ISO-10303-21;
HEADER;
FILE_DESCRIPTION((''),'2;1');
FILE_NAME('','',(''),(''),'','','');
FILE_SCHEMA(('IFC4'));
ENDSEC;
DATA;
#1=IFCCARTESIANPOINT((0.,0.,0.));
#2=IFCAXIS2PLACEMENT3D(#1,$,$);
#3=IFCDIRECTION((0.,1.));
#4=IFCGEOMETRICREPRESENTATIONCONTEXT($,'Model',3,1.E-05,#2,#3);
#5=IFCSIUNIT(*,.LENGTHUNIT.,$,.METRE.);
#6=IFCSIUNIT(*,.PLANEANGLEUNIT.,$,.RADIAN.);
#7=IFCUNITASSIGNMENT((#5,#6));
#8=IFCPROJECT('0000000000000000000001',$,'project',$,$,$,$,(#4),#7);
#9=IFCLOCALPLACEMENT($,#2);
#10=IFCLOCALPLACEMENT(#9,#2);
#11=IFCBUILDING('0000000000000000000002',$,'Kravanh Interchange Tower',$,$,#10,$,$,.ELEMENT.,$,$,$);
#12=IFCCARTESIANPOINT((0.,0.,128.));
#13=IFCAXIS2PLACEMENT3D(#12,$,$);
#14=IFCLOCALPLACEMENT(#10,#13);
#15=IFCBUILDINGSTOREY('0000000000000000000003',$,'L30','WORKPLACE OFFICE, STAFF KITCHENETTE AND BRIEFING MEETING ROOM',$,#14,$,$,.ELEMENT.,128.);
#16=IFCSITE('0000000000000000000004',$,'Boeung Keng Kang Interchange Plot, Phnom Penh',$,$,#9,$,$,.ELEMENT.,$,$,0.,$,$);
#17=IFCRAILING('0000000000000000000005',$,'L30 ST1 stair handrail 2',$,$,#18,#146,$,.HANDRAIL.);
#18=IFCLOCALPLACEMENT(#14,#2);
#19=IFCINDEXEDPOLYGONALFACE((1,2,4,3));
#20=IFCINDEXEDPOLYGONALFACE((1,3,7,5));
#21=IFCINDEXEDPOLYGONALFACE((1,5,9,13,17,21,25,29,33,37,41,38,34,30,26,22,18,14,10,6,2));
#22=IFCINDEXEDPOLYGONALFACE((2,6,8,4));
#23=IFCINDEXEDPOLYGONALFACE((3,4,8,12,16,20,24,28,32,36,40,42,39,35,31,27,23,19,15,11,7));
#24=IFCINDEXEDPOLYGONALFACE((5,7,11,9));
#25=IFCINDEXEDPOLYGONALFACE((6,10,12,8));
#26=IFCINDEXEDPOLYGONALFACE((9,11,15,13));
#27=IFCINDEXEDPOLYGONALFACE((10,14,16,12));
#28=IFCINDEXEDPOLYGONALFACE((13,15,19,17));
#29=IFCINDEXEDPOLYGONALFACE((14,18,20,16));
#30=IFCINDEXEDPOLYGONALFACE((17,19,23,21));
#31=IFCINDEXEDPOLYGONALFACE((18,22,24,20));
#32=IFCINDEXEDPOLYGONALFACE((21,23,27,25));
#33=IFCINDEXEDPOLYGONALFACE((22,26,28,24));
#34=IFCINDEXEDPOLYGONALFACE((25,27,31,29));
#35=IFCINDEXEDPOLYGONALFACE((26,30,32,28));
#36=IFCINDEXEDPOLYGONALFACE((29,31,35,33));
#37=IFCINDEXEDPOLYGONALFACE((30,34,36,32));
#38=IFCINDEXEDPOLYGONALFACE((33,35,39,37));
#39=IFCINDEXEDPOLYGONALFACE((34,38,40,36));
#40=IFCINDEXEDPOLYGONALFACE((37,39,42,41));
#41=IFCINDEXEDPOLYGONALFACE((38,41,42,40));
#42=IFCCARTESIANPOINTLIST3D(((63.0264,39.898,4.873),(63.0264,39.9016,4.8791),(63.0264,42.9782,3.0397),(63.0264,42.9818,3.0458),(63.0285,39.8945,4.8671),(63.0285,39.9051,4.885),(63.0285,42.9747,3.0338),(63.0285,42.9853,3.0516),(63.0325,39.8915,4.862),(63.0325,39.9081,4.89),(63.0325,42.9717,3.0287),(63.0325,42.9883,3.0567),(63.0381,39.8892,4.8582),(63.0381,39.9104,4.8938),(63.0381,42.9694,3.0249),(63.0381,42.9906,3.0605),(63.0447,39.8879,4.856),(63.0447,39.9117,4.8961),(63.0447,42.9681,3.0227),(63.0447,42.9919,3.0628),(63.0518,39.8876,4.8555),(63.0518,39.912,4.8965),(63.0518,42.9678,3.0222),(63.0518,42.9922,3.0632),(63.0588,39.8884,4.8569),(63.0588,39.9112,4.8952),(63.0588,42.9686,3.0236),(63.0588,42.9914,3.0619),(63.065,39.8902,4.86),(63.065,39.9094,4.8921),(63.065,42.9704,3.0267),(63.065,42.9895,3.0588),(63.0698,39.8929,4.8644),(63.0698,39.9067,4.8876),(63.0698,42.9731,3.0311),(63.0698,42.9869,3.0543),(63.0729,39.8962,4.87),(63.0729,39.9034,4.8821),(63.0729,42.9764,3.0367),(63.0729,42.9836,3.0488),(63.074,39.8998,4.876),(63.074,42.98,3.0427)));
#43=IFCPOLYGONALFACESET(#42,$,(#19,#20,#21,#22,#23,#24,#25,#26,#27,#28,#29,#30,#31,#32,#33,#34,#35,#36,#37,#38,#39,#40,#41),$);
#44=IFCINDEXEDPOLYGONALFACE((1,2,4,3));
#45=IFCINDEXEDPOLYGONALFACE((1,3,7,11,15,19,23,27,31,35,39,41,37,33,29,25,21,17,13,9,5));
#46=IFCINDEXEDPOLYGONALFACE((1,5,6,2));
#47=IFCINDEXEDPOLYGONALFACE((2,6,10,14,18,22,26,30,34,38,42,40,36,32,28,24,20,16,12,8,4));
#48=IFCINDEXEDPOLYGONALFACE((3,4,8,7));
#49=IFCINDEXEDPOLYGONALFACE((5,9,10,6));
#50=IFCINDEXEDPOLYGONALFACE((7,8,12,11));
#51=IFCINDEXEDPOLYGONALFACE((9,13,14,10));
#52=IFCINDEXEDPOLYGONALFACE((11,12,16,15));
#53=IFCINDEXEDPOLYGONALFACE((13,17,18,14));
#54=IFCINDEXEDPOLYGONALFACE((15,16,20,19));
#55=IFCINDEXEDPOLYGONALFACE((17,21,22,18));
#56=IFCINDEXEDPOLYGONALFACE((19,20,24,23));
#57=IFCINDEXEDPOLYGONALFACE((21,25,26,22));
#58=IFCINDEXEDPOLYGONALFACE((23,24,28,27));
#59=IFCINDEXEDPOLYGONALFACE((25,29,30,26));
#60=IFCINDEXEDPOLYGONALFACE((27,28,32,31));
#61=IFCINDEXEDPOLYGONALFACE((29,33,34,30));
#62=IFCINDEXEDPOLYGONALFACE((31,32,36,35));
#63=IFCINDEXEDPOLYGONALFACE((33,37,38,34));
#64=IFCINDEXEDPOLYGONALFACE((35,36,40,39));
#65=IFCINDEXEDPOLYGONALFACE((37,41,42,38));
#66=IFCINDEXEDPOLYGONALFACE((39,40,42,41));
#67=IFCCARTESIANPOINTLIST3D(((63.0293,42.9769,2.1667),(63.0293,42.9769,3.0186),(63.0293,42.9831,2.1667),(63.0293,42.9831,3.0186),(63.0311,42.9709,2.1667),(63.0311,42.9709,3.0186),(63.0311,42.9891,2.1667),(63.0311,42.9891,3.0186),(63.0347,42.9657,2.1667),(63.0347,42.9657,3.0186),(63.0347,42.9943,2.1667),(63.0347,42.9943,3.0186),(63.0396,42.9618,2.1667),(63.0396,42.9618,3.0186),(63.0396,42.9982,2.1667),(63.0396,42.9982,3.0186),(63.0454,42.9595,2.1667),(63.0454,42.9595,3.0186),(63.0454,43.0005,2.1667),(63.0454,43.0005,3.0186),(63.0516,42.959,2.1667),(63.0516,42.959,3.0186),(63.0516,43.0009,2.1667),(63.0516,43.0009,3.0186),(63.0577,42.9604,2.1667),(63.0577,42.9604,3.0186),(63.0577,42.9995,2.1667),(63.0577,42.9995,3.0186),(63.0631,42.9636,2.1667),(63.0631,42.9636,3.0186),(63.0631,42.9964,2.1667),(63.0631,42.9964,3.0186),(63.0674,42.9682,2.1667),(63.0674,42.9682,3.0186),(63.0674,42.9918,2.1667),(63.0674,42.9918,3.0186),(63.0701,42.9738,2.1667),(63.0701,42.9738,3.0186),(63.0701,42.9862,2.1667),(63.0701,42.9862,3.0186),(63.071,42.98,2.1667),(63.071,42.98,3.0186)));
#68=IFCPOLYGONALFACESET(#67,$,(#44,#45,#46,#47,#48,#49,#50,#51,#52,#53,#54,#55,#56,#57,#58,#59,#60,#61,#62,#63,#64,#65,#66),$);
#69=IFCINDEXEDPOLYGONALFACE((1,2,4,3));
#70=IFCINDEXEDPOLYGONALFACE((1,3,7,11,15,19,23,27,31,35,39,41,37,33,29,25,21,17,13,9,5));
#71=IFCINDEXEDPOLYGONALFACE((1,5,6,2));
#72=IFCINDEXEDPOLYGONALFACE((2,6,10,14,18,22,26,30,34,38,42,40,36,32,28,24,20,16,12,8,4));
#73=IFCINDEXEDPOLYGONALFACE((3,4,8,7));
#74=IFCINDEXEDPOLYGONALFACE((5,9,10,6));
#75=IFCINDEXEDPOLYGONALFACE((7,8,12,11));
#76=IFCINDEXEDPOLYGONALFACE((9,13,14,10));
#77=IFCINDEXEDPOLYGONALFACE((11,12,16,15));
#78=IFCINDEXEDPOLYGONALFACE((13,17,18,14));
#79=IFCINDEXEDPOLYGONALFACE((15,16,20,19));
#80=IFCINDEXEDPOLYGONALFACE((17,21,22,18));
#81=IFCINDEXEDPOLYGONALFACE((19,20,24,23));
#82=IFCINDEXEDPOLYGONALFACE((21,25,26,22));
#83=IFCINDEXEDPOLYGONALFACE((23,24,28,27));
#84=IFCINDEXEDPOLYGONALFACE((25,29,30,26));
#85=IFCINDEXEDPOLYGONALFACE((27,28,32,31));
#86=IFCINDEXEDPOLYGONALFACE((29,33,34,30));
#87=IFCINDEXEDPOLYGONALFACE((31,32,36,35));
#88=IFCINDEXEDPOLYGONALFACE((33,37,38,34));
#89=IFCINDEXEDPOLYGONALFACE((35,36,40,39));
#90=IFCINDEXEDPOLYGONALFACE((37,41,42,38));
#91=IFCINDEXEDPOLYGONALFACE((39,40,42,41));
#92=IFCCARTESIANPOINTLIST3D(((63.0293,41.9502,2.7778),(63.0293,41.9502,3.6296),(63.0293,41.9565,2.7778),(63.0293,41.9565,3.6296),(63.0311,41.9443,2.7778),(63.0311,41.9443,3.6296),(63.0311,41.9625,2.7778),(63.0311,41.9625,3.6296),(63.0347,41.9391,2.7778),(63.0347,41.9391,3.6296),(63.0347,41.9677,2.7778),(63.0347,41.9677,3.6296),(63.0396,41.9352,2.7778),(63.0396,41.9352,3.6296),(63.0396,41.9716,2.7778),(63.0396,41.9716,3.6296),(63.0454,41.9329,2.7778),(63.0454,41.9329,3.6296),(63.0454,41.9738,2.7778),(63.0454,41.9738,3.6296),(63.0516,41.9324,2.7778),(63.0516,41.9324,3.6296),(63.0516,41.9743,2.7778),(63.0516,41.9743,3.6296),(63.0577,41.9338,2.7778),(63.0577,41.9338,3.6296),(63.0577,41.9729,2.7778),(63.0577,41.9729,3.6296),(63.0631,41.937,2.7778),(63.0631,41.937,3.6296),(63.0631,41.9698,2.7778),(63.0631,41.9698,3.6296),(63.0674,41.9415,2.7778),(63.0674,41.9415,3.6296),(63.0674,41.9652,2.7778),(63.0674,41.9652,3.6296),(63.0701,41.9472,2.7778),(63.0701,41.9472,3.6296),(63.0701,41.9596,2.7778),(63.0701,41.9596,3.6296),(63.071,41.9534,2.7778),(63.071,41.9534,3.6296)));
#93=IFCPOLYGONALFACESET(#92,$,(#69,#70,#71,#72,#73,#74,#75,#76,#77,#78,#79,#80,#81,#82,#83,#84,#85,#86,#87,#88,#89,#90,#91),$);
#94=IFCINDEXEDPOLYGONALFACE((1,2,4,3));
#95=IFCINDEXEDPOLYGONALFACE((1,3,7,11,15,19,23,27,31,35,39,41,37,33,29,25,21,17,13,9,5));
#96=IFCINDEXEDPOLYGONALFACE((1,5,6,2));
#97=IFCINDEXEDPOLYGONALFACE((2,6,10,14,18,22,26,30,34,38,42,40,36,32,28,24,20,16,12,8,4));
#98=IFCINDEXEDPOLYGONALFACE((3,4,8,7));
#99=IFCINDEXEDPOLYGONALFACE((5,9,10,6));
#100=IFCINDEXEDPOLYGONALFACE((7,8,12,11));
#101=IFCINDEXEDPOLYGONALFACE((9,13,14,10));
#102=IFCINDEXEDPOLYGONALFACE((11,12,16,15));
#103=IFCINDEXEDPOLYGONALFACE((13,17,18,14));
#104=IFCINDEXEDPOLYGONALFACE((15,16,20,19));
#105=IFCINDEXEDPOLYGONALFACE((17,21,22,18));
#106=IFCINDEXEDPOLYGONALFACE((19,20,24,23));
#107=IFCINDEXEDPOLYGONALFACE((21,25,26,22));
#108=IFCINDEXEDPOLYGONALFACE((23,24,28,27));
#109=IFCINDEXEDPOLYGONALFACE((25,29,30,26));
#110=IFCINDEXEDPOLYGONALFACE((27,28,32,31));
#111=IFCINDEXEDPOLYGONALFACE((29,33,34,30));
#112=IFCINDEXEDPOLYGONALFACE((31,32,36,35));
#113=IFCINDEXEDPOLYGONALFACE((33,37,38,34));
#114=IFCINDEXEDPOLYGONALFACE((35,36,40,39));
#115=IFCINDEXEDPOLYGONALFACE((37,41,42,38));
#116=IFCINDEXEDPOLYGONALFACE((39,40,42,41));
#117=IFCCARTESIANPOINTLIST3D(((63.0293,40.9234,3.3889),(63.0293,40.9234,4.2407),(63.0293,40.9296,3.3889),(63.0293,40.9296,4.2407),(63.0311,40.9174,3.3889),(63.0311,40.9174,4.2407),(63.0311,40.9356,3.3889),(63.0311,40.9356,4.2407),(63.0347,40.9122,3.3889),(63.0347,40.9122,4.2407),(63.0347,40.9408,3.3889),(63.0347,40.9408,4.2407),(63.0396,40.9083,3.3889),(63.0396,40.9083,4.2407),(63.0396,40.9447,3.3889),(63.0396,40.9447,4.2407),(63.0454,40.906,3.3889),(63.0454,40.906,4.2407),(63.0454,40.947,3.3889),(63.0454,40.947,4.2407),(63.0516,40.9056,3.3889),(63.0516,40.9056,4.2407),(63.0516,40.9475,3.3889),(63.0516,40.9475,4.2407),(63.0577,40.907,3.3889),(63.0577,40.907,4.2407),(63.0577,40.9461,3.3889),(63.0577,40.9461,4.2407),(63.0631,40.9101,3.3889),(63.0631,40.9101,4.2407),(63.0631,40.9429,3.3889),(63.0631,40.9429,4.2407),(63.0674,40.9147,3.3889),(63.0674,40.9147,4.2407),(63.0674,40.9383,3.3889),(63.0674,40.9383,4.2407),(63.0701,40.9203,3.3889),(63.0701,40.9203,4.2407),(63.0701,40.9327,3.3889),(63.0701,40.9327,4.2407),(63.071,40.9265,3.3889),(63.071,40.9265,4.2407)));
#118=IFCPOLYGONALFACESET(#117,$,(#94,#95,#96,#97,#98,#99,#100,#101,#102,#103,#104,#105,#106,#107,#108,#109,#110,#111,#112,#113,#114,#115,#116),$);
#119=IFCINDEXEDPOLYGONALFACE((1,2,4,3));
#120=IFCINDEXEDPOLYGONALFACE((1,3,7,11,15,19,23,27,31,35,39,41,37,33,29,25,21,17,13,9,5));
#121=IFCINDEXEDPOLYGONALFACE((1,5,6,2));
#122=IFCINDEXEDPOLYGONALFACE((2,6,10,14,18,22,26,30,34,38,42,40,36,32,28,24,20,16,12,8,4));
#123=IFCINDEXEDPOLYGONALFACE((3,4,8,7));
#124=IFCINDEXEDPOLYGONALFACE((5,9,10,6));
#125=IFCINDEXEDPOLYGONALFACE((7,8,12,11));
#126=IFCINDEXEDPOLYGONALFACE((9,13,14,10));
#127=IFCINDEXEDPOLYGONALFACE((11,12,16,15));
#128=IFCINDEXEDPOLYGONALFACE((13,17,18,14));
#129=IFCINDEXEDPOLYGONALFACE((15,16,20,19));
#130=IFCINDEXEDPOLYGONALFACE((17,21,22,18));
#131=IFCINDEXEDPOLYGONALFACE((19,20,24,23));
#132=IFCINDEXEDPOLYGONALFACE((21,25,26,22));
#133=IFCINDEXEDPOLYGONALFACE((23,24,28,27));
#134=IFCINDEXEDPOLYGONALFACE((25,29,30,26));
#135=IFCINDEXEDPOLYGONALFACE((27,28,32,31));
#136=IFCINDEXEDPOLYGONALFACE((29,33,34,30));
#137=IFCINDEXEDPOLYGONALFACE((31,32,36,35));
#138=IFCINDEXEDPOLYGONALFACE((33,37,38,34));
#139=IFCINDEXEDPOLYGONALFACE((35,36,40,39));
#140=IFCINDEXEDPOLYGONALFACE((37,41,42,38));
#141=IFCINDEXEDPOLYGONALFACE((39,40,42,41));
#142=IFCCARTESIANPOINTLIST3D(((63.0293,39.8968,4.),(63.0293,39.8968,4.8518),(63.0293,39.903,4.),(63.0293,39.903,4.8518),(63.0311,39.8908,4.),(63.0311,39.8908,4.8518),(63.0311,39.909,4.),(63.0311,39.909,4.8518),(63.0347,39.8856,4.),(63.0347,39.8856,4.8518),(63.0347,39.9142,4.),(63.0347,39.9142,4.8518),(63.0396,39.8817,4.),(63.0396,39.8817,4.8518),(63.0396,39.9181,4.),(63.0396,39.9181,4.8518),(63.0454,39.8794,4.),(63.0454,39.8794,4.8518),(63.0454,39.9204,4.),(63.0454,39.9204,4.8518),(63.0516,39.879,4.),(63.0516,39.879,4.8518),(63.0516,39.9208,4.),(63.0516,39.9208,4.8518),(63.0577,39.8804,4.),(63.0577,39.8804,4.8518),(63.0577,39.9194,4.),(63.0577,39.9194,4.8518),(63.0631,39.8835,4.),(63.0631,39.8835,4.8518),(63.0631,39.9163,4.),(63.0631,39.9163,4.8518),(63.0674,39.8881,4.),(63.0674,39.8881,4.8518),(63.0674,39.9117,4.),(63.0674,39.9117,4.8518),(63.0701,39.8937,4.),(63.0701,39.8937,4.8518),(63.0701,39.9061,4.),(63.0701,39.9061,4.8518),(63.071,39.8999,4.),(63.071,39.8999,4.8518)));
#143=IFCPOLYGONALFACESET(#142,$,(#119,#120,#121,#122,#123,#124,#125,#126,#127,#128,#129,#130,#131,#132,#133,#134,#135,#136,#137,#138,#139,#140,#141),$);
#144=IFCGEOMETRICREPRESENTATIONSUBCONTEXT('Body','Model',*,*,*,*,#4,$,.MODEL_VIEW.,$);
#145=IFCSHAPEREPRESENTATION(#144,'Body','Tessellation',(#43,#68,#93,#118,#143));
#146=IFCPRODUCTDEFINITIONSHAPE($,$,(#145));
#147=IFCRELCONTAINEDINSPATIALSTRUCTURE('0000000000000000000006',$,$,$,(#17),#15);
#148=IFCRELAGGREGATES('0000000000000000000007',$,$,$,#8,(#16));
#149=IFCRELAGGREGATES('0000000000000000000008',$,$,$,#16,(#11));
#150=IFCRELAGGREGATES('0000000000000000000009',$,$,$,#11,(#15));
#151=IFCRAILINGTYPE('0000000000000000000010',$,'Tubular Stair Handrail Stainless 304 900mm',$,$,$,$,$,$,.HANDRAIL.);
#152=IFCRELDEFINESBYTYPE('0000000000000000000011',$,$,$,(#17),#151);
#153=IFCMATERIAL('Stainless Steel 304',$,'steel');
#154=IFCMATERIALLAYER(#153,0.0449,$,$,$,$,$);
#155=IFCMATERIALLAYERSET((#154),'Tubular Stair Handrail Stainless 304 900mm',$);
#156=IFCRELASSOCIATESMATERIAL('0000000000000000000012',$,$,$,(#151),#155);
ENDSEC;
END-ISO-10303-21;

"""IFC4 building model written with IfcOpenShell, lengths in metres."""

from ifc_helpers import new_model, si_unit, direction, frame, origin, origin_2d, place, context, subcontext, project, spatial, circle, extrude, material, layer, layer_set, type_object, element, save


model = new_model("IFC4")

# Units and contexts
model_context = context("Model", 3, precision=1e-05, world=origin(), true_north=direction((0.0, 1.0)))
body_context = subcontext(model_context, "Body", "Model", "MODEL_VIEW")
ifc_project = project(units=[si_unit("LENGTHUNIT", "METRE"), si_unit("PLANEANGLEUNIT", "RADIAN")], contexts=[model_context])

# Site, building, storey
site_placement = place(None, origin())
site = spatial("IfcSite", under=ifc_project, at=site_placement, Name="Boeung Keng Kang Interchange Plot, Phnom Penh", CompositionType="ELEMENT", RefElevation=0.0)
building_placement = place(site_placement, origin())
building = spatial("IfcBuilding", under=site, at=building_placement, Name="Kravanh Interchange Tower", CompositionType="ELEMENT")
storey_placement = place(building_placement, frame((0.0, 0.0, 128.0)))
storey = spatial("IfcBuildingStorey", under=building, at=storey_placement, Name="L30", Description="WORKPLACE OFFICE, STAFF KITCHENETTE AND BRIEFING MEETING ROOM", CompositionType="ELEMENT", Elevation=128.0)

# Railing
ifc_material_1 = material(Name="Stainless Steel 304", Category="steel")
ifc_layer_1 = layer(ifc_material_1, 0.0449)
ifc_layer_set_1 = layer_set([ifc_layer_1], Name="Tubular Stair Handrail Stainless 304 900mm")
railing_type_1 = type_object("IfcRailingType", Name="Tubular Stair Handrail Stainless 304 900mm", PredefinedType="HANDRAIL", material=ifc_layer_set_1)
railing_1_placement = place(storey_placement, frame((63.05, 42.98, 2.1667)))
element("IfcRailing", 1, at=railing_1_placement, inside=storey, type_object=railing_type_1, Name="L30 ST1 stair handrail 2", PredefinedType="HANDRAIL", context=body_context, shape_type="SweptSolid", body=[
    extrude(circle(Radius=0.0239, at=origin_2d()), frame((0.0, 0.0, 0.876), z_axis=(0.0, -0.859309, 0.511458), x_axis=(1.0, 0.0, 0.0)), (0.0, 0.0, 1.0), 3.5845),
    extrude(circle(Radius=0.021, at=origin_2d()), origin(), (0.0, 0.0, 1.0), 0.8518),
    extrude(circle(Radius=0.021, at=origin_2d()), frame((0.0, -1.0266, 0.6111)), (0.0, 0.0, 1.0), 0.8518),
    extrude(circle(Radius=0.021, at=origin_2d()), frame((0.0, -2.0535, 1.2222)), (0.0, 0.0, 1.0), 0.8518),
    extrude(circle(Radius=0.021, at=origin_2d()), frame((0.0, -3.0801, 1.8333)), (0.0, 0.0, 1.0), 0.8518),
])

save(model, "model.ifc")
